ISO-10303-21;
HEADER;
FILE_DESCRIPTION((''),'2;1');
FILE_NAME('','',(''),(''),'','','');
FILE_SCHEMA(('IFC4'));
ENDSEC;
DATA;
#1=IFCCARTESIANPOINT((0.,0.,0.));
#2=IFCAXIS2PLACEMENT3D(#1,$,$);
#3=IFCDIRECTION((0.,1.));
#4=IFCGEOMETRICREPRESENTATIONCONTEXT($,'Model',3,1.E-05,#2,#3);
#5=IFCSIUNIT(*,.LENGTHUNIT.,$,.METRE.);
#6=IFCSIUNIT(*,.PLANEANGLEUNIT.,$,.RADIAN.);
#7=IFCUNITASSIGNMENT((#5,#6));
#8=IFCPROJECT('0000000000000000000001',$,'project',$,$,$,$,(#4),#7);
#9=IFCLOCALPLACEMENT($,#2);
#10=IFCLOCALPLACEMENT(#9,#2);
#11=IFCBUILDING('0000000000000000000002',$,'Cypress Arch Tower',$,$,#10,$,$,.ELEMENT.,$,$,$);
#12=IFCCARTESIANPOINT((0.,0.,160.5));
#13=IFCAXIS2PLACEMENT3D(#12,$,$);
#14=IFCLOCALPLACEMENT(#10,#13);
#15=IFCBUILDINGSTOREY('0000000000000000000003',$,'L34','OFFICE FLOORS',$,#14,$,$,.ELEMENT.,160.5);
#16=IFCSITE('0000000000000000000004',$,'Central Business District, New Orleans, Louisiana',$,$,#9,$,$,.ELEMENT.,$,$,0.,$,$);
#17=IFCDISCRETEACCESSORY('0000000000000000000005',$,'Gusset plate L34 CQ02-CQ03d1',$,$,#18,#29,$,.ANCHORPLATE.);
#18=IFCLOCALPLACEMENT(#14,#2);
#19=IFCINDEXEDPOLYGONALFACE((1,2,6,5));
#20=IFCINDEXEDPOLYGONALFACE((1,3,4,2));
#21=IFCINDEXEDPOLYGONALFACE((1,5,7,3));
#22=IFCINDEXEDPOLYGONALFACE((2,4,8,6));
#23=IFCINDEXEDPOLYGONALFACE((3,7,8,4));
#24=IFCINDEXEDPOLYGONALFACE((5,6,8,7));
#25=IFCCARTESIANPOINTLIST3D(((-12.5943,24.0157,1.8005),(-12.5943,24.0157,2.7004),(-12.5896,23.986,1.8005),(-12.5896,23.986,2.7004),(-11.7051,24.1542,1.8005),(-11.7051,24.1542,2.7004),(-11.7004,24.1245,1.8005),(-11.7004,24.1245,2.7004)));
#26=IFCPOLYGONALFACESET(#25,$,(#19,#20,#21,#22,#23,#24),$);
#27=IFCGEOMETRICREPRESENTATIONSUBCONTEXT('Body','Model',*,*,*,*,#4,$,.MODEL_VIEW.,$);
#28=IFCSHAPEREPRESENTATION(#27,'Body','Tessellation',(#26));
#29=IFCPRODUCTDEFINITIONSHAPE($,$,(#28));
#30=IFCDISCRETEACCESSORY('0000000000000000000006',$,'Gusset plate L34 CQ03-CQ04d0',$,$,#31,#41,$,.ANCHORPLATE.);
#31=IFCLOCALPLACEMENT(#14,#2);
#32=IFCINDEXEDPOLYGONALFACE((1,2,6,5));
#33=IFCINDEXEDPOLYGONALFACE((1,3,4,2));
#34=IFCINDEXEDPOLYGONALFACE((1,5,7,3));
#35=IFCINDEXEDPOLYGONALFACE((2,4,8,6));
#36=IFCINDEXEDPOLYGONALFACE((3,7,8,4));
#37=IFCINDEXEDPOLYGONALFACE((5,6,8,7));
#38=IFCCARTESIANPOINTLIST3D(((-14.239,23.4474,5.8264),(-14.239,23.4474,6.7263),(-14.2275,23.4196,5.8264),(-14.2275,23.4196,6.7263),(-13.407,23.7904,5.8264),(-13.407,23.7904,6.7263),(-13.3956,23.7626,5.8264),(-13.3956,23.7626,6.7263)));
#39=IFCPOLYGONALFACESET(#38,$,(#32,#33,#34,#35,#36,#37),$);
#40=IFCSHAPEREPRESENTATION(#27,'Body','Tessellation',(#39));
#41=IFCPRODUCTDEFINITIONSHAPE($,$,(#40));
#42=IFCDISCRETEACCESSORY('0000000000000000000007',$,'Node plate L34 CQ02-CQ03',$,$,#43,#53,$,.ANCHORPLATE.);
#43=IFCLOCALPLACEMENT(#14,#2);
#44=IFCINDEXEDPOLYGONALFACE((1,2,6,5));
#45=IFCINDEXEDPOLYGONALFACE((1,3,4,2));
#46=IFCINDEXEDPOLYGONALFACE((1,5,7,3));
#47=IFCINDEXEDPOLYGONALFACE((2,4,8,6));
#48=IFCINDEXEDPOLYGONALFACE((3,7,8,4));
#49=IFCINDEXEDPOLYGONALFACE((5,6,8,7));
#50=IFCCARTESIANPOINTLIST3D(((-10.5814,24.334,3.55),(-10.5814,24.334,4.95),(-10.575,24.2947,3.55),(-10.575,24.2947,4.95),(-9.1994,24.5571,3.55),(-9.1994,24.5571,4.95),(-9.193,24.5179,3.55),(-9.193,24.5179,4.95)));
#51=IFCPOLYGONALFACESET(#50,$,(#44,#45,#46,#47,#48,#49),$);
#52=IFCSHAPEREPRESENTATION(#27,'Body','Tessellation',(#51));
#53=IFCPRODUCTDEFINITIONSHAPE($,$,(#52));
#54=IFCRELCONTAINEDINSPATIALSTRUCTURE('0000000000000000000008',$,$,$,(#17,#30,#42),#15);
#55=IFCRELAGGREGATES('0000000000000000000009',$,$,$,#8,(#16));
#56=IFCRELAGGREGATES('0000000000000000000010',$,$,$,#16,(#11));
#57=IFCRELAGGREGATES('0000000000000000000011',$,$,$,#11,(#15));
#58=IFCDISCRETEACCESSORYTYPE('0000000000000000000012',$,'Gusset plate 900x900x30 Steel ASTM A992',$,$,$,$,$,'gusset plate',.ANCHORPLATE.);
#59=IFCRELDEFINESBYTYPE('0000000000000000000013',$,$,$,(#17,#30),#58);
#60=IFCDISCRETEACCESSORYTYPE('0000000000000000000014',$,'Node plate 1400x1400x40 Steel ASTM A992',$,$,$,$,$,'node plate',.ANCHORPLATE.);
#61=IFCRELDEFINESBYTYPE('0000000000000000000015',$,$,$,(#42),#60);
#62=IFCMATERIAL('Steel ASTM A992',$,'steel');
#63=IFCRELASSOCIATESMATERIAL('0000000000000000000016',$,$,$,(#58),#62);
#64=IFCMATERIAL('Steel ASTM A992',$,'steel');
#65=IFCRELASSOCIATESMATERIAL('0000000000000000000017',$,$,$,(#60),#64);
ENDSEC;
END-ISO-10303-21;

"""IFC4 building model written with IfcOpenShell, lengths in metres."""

from ifc_helpers import new_model, si_unit, direction, frame, origin, origin_2d, place, context, subcontext, project, spatial, rectangle, extrude, material, material_profile, profile_set, type_object, element, save


model = new_model("IFC4")

# Units and contexts
model_context = context("Model", 3, precision=1e-05, world=origin(), true_north=direction((0.0, 1.0)))
body_context = subcontext(model_context, "Body", "Model", "MODEL_VIEW")
ifc_project = project(units=[si_unit("LENGTHUNIT", "METRE"), si_unit("PLANEANGLEUNIT", "RADIAN")], contexts=[model_context])

# Site, building, storey
site_placement = place(None, origin())
site = spatial("IfcSite", under=ifc_project, at=site_placement, Name="Central Business District, New Orleans, Louisiana", CompositionType="ELEMENT", RefElevation=0.0)
building_placement = place(site_placement, origin())
building = spatial("IfcBuilding", under=site, at=building_placement, Name="Cypress Arch Tower", CompositionType="ELEMENT")
storey_placement = place(building_placement, frame((0.0, 0.0, 160.5)))
storey = spatial("IfcBuildingStorey", under=building, at=storey_placement, Name="L34", Description="OFFICE FLOORS", CompositionType="ELEMENT", Elevation=160.5)

# Discrete accessories
ifc_material_1 = material(Name="Steel ASTM A992", Category="steel")
ifc_material_profile_1 = material_profile(ifc_material_1, rectangle(XDim=0.8999, YDim=0.8999, at=origin_2d()), Name="PL 30 900x900")
ifc_profile_set_1 = profile_set([ifc_material_profile_1], Name="Steel ASTM A992")
discrete_accessory_type_1 = type_object("IfcDiscreteAccessoryType", Name="Gusset plate 900x900x30 Steel ASTM A992", ElementType="gusset plate", PredefinedType="ANCHORPLATE", material=ifc_profile_set_1)
for number, where, z_axis, x_axis, name in (
    (1, (-12.1497, 24.085, 2.2505), (0.153883, -0.988089, 0.0), (0.988089, 0.153883, 0.0), "Gusset plate L34 CQ02-CQ03d1"),
    (2, (-13.823, 23.6189, 6.2764), (0.381158, -0.92451, 0.0), (0.92451, 0.381158, 0.0), "Gusset plate L34 CQ03-CQ04d0"),
):
    element("IfcDiscreteAccessory", number, at=place(storey_placement, frame(where, z_axis=z_axis, x_axis=x_axis)), inside=storey, type_object=discrete_accessory_type_1, Name=name, PredefinedType="ANCHORPLATE", context=body_context, shape_type="SweptSolid", body=[
        extrude(rectangle(XDim=0.8999, YDim=0.8999, at=origin_2d()), origin(), (0.0, 0.0, 1.0), 0.03),
    ])
ifc_material_2 = material(Name="Steel ASTM A992", Category="steel")
ifc_material_profile_2 = material_profile(ifc_material_2, rectangle(XDim=1.3999, YDim=1.3999, at=origin_2d()), Name="PL 40 1400x1400")
ifc_profile_set_2 = profile_set([ifc_material_profile_2], Name="Steel ASTM A992")
discrete_accessory_type_2 = type_object("IfcDiscreteAccessoryType", Name="Node plate 1400x1400x40 Steel ASTM A992", ElementType="node plate", PredefinedType="ANCHORPLATE", material=ifc_profile_set_2)
discrete_accessory_1_placement = place(storey_placement, frame((-9.8904, 24.4456, 4.25), z_axis=(0.159425, -0.98721, 0.0), x_axis=(0.98721, 0.159425, 0.0)))
element("IfcDiscreteAccessory", 3, at=discrete_accessory_1_placement, inside=storey, type_object=discrete_accessory_type_2, Name="Node plate L34 CQ02-CQ03", PredefinedType="ANCHORPLATE", context=body_context, shape_type="SweptSolid", body=[
    extrude(rectangle(XDim=1.3999, YDim=1.3999, at=origin_2d()), origin(), (0.0, 0.0, 1.0), 0.0398),
])

save(model, "model.ifc")
